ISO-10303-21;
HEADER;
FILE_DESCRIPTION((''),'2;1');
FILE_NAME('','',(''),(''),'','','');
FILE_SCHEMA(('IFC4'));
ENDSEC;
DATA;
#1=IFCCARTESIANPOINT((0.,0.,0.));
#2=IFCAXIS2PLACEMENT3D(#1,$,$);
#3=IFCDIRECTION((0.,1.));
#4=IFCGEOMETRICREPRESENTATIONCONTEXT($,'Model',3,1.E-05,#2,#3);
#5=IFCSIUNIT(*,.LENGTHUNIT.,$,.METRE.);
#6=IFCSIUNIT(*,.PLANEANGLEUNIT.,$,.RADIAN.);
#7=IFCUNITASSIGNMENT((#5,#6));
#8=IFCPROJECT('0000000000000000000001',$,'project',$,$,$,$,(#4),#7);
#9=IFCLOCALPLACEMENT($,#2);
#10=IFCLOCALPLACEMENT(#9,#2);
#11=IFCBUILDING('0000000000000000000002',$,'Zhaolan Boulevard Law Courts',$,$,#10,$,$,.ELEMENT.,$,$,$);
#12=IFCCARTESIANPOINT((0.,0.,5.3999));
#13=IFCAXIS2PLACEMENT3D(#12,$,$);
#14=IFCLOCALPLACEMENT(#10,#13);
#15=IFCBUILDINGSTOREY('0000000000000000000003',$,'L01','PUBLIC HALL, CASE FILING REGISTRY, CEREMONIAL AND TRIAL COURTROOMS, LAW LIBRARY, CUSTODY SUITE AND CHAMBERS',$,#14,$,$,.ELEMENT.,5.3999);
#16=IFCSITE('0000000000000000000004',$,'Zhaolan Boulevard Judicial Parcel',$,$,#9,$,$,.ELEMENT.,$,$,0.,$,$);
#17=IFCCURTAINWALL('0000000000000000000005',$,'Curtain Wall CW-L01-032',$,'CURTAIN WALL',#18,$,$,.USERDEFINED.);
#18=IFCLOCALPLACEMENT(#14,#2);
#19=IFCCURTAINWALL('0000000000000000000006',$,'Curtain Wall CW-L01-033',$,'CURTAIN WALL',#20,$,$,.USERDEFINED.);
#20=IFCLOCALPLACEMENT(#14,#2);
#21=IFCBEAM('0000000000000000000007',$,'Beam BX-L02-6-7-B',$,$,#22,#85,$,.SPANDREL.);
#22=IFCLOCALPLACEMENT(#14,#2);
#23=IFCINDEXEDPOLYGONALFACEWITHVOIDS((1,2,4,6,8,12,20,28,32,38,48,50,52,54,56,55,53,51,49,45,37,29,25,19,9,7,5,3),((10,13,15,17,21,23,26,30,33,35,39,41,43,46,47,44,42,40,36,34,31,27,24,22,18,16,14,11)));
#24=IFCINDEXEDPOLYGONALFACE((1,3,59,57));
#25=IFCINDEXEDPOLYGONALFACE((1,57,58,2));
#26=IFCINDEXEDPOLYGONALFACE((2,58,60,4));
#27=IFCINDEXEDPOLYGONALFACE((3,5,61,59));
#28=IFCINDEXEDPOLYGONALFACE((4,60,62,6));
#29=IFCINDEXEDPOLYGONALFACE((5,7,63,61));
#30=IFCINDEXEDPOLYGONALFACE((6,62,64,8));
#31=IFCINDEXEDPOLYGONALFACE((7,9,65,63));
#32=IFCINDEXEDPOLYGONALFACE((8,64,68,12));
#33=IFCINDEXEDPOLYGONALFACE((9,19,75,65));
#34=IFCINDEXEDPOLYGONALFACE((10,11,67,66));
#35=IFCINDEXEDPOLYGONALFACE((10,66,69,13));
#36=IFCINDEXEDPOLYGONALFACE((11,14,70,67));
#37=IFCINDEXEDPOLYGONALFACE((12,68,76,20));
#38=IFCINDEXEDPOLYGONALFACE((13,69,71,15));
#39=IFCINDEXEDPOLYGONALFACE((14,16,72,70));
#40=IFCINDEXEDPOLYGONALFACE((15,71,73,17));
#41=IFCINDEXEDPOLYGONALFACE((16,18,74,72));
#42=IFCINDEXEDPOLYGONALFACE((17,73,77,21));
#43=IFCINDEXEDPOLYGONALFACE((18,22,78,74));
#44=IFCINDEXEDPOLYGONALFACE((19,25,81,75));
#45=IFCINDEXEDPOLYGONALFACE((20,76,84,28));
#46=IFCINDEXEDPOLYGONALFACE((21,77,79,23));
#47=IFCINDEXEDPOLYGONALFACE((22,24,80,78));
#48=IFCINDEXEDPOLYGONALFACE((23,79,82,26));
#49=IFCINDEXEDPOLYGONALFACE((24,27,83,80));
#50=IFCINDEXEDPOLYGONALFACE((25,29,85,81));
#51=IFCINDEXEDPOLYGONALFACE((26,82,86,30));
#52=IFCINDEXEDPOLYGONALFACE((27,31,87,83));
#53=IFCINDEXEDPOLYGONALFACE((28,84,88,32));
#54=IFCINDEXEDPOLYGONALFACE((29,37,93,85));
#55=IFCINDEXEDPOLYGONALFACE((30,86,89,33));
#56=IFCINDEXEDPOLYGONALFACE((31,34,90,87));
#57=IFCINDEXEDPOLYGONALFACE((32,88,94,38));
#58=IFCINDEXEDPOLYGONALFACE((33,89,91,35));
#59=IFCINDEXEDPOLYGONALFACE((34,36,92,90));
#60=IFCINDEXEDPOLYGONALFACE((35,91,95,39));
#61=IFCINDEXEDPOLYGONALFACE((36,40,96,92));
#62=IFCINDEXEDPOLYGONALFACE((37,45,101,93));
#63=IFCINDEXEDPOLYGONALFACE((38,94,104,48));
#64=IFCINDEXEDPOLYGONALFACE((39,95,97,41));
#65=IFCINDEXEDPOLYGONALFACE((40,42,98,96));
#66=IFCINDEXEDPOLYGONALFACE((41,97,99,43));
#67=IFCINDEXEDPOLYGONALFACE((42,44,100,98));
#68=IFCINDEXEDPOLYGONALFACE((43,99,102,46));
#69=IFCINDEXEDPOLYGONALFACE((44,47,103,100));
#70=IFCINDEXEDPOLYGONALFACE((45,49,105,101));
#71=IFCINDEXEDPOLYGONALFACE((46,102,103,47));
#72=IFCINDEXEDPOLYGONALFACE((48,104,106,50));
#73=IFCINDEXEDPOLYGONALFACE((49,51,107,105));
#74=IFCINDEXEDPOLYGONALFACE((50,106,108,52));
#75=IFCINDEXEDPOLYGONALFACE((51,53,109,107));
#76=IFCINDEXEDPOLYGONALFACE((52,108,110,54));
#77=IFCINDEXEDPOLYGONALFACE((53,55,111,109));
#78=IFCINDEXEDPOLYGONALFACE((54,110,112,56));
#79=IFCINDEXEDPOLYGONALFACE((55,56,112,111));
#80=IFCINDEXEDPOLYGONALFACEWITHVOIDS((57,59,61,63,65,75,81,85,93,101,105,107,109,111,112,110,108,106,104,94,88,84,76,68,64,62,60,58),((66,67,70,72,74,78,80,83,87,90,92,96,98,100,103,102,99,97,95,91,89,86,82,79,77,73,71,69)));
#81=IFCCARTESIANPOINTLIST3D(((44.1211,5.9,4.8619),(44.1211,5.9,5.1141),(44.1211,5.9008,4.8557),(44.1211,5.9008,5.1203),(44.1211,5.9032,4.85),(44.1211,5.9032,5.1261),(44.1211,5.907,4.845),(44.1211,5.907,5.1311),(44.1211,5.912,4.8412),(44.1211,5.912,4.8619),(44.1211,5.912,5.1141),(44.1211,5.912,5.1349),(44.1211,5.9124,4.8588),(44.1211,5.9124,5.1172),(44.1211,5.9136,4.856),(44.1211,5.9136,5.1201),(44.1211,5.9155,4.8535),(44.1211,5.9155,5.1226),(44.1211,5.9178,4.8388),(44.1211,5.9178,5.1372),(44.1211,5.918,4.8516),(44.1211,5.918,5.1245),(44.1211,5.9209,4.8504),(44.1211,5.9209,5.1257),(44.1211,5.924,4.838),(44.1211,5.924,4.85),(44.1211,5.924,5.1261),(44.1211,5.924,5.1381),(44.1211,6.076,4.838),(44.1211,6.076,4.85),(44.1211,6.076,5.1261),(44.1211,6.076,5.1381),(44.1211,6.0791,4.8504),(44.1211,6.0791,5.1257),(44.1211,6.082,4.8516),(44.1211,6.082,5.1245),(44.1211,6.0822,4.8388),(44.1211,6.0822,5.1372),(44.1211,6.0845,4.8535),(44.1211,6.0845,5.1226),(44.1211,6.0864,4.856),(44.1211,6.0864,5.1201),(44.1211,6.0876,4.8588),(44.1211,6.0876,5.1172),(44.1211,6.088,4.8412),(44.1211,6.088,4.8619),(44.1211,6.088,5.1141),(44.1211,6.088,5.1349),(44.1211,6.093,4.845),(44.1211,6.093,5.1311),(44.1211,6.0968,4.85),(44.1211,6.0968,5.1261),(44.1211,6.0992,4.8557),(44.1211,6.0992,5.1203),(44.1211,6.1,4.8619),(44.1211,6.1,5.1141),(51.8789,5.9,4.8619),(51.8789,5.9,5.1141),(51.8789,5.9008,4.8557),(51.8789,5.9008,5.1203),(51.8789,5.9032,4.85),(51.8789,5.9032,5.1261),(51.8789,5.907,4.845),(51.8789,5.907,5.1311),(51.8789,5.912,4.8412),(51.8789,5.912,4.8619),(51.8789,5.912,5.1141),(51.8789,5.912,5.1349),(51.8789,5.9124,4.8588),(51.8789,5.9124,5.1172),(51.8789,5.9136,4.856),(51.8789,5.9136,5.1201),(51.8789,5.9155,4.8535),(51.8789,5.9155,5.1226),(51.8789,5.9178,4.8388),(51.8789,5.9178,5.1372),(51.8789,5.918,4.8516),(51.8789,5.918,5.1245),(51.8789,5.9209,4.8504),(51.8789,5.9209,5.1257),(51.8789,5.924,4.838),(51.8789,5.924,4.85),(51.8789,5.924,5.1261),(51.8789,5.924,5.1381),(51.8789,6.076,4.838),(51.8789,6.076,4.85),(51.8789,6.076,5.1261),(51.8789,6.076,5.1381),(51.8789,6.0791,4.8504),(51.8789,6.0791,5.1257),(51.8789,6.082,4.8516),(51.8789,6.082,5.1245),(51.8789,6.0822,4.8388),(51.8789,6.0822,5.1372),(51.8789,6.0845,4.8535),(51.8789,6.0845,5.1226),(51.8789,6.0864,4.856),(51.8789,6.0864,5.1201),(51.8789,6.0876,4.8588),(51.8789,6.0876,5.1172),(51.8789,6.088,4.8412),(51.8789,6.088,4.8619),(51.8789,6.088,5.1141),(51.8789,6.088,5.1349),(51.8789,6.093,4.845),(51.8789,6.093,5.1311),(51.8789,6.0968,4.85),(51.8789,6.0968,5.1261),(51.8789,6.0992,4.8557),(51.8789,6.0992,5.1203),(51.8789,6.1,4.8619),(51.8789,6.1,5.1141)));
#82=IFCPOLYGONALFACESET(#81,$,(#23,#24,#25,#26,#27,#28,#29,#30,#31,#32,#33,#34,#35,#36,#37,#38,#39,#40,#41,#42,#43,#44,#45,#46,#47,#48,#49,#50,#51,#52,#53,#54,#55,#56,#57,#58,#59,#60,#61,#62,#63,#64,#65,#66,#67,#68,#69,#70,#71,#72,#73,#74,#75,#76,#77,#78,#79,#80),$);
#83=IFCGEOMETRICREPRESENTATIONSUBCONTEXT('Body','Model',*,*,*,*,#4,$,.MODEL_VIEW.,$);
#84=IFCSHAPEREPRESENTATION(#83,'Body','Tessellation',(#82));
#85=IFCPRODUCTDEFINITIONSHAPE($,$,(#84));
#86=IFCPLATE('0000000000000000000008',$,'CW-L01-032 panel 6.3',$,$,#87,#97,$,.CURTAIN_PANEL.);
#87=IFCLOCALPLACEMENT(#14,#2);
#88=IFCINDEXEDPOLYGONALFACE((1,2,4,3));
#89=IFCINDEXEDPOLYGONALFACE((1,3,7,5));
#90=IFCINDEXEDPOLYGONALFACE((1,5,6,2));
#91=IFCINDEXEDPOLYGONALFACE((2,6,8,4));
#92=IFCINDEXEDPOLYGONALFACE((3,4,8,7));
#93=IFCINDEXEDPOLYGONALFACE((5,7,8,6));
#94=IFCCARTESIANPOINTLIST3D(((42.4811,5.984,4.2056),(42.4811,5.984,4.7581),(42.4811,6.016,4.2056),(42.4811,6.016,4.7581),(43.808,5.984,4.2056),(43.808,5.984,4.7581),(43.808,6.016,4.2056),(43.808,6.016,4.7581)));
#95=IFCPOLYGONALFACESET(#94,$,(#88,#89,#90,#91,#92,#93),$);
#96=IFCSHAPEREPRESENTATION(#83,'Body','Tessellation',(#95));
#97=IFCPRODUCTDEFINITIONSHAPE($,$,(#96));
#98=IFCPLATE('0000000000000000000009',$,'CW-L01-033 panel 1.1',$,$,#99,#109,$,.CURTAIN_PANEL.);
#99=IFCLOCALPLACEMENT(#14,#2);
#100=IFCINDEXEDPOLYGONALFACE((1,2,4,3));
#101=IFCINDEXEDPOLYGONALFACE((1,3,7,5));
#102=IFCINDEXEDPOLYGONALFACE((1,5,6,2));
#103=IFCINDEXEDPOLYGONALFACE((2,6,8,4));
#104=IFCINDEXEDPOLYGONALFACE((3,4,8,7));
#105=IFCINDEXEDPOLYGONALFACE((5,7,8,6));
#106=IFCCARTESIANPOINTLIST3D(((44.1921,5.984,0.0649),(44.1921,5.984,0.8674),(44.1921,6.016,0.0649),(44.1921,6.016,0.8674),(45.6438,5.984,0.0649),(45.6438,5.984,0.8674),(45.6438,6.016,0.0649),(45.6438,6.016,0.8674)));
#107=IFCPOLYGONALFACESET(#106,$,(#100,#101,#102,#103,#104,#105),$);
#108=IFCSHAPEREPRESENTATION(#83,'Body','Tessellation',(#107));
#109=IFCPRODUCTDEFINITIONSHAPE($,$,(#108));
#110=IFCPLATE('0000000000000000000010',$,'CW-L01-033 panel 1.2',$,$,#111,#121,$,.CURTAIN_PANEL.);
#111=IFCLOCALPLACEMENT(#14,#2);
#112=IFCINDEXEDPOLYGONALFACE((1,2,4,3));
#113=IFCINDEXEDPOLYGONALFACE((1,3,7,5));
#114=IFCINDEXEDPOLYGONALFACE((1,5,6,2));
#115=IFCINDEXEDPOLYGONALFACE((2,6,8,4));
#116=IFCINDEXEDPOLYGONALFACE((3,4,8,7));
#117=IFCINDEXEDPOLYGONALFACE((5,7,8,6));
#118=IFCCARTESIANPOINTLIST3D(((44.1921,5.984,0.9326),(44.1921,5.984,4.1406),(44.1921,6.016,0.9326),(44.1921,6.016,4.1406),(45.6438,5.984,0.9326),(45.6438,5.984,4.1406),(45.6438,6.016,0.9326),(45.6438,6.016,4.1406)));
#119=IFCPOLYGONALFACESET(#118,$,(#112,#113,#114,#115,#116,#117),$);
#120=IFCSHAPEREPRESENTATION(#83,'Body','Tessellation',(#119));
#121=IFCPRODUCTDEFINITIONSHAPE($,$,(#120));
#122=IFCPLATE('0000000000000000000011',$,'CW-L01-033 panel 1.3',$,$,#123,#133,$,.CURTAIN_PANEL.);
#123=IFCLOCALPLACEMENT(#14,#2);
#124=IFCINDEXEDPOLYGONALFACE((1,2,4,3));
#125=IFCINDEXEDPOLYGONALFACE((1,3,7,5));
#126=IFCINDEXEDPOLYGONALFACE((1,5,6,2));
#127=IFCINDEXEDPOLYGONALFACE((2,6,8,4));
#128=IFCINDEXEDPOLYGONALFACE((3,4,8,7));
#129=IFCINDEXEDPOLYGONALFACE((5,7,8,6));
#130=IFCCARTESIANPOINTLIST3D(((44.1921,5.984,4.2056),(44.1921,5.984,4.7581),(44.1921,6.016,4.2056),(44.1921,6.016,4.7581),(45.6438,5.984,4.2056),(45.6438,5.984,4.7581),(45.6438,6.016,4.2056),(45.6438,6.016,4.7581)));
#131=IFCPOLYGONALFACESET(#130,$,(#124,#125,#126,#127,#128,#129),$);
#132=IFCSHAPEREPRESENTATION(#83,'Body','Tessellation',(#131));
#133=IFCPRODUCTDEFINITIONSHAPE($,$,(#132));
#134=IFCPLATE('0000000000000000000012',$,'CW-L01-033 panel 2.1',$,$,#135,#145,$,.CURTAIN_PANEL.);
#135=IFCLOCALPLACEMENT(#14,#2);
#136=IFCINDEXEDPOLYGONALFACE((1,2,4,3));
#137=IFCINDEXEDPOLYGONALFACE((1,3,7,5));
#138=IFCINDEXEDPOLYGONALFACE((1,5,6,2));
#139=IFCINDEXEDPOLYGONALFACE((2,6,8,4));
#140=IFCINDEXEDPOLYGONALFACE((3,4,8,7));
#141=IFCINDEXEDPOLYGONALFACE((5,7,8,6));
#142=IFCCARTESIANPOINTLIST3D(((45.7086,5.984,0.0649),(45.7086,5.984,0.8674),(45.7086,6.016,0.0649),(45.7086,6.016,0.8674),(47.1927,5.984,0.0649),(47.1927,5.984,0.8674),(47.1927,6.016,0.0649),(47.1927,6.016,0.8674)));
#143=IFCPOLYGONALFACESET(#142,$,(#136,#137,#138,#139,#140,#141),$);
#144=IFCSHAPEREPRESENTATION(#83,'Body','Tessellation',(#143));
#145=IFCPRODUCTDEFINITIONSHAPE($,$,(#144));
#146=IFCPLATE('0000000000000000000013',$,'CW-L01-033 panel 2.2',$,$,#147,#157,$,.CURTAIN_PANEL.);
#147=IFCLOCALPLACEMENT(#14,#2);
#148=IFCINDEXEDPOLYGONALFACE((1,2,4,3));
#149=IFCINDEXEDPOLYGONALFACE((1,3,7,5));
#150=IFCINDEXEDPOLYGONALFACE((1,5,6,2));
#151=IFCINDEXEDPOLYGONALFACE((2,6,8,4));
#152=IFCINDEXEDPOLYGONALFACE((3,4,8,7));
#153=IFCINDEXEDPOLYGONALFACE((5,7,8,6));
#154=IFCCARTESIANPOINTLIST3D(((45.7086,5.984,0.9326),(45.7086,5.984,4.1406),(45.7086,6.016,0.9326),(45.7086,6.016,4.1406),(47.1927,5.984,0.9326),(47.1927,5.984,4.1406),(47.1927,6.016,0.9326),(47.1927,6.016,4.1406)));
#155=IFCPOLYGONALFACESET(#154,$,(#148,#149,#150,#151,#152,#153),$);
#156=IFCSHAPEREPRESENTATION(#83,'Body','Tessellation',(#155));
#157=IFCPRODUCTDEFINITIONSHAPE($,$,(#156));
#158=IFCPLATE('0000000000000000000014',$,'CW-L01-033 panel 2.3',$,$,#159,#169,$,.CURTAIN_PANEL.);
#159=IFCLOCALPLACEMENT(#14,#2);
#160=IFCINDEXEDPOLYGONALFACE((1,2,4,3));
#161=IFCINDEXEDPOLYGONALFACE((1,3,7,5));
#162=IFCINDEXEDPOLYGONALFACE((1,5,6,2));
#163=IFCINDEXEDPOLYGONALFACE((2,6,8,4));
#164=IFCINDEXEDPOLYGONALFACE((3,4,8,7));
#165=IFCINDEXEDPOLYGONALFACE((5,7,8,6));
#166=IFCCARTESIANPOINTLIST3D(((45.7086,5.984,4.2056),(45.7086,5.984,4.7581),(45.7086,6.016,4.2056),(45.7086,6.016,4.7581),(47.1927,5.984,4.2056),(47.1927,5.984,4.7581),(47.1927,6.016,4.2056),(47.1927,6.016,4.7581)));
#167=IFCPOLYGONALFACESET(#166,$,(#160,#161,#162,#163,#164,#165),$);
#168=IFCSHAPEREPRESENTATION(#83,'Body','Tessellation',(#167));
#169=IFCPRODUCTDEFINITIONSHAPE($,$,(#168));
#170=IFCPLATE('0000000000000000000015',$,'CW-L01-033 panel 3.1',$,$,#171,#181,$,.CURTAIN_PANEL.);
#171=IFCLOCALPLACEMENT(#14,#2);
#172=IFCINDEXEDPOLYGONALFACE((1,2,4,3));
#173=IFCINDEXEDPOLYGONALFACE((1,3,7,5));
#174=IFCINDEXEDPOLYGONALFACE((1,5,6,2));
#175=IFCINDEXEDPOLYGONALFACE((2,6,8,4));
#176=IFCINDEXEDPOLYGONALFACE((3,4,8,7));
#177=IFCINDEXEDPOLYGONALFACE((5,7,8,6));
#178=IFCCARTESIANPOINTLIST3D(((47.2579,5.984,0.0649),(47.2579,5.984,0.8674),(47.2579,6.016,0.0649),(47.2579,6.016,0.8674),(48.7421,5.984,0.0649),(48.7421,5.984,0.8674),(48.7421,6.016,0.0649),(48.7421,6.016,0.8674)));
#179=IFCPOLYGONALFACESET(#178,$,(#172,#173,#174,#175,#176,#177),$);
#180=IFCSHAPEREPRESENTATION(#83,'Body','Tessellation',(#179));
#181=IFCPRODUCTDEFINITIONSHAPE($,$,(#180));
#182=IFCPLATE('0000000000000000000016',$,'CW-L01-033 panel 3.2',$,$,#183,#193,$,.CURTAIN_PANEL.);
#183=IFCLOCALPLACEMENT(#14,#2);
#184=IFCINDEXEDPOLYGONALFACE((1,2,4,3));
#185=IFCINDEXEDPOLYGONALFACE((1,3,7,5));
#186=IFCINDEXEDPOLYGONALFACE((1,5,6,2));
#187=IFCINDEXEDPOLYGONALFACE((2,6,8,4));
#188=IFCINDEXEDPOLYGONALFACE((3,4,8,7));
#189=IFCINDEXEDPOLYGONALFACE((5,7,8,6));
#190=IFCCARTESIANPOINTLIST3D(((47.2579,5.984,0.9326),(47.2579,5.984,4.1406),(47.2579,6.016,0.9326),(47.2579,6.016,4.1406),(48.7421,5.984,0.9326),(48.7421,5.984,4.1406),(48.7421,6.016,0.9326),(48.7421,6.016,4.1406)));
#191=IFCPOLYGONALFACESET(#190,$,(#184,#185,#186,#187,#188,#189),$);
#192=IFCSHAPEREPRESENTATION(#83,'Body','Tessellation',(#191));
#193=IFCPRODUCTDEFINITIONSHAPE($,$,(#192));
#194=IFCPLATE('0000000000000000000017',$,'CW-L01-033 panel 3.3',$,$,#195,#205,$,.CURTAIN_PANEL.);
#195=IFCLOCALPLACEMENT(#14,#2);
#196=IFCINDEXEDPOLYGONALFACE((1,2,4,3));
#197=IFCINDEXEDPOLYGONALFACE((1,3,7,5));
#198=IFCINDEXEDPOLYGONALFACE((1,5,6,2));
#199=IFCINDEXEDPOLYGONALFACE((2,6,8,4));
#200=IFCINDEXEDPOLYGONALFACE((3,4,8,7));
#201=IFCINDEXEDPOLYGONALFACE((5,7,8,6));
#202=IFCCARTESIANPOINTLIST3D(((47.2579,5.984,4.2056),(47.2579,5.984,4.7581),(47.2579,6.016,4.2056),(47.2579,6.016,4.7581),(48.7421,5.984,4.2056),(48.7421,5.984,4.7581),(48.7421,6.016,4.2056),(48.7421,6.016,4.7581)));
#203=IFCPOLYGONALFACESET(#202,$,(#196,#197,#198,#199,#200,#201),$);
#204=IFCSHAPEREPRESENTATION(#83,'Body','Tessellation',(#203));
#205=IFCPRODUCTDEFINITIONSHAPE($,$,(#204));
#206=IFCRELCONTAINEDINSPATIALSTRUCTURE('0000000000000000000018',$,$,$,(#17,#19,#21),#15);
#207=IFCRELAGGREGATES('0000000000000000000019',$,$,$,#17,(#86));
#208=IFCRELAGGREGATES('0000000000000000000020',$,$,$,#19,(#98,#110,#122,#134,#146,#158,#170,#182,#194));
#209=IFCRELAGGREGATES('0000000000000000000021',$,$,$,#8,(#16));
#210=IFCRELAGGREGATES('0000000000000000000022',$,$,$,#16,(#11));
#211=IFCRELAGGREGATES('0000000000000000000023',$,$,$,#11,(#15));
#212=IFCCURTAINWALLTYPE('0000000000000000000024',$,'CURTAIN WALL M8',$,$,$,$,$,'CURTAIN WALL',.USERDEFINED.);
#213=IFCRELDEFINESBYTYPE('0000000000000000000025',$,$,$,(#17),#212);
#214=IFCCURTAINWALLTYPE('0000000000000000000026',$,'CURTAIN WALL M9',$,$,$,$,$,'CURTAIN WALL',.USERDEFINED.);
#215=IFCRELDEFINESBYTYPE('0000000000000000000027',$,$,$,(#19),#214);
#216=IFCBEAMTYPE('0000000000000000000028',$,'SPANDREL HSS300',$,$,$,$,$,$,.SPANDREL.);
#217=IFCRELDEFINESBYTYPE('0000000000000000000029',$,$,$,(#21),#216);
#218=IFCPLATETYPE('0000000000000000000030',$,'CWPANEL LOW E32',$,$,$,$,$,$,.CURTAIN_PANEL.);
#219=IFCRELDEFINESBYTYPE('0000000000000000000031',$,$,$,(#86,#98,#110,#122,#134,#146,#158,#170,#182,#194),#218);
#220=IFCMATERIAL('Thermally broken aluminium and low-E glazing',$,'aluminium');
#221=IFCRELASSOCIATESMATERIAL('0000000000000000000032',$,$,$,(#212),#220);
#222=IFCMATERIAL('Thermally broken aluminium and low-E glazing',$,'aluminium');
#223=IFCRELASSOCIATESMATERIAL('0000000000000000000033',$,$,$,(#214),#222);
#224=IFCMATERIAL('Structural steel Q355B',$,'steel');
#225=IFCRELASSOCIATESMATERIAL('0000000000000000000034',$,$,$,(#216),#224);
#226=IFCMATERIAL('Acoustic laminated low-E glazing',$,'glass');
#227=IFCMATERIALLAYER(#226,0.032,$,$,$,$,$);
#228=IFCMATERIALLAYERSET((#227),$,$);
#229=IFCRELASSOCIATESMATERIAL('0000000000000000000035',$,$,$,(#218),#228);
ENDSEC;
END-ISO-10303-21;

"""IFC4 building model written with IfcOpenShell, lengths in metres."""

from ifc_helpers import new_model, si_unit, direction, frame, origin, origin_2d, place, context, subcontext, project, spatial, rectangle, hollow_rectangle, extrude, material, layer, layer_set, material_profile, profile_set, type_object, element, aggregate, save


model = new_model("IFC4")

# Units and contexts
model_context = context("Model", 3, precision=1e-05, world=origin(), true_north=direction((0.0, 1.0)))
body_context = subcontext(model_context, "Body", "Model", "MODEL_VIEW")
ifc_project = project(units=[si_unit("LENGTHUNIT", "METRE"), si_unit("PLANEANGLEUNIT", "RADIAN")], contexts=[model_context])

# Site, building, storey
site_placement = place(None, origin())
site = spatial("IfcSite", under=ifc_project, at=site_placement, Name="Zhaolan Boulevard Judicial Parcel", CompositionType="ELEMENT", RefElevation=0.0)
building_placement = place(site_placement, origin())
building = spatial("IfcBuilding", under=site, at=building_placement, Name="Zhaolan Boulevard Law Courts", CompositionType="ELEMENT")
storey_placement = place(building_placement, frame((0.0, 0.0, 5.3999)))
storey = spatial("IfcBuildingStorey", under=building, at=storey_placement, Name="L01", Description="PUBLIC HALL, CASE FILING REGISTRY, CEREMONIAL AND TRIAL COURTROOMS, LAW LIBRARY, CUSTODY SUITE AND CHAMBERS", CompositionType="ELEMENT", Elevation=5.3999)

# Curtain wall
ifc_material_1 = material(Name="Thermally broken aluminium and low-E glazing", Category="aluminium")
curtain_wall_type_1 = type_object("IfcCurtainWallType", Name="CURTAIN WALL M8", ElementType="CURTAIN WALL", PredefinedType="USERDEFINED", material=ifc_material_1)
curtain_wall_1_placement = place(storey_placement, origin())
curtain_wall_1 = element("IfcCurtainWall", 1, at=curtain_wall_1_placement, inside=storey, type_object=curtain_wall_type_1, Name="Curtain Wall CW-L01-032", ObjectType="CURTAIN WALL", PredefinedType="USERDEFINED")

# Curtain wall
ifc_material_2 = material(Name="Thermally broken aluminium and low-E glazing", Category="aluminium")
curtain_wall_type_2 = type_object("IfcCurtainWallType", Name="CURTAIN WALL M9", ElementType="CURTAIN WALL", PredefinedType="USERDEFINED", material=ifc_material_2)
curtain_wall_2_placement = place(storey_placement, origin())
curtain_wall_2 = element("IfcCurtainWall", 2, at=curtain_wall_2_placement, inside=storey, type_object=curtain_wall_type_2, Name="Curtain Wall CW-L01-033", ObjectType="CURTAIN WALL", PredefinedType="USERDEFINED")

# Beam
ifc_material_3 = material(Name="Structural steel Q355B", Category="steel")
ifc_material_profile_1 = material_profile(ifc_material_3, hollow_rectangle(XDim=0.2, YDim=0.3, WallThickness=0.012, InnerFilletRadius=0.012, OuterFilletRadius=0.0239, at=origin_2d()), Name="HSS300x200x12")
ifc_profile_set_1 = profile_set([ifc_material_profile_1], Name="Structural steel Q355B")
beam_type = type_object("IfcBeamType", Name="SPANDREL HSS300", PredefinedType="SPANDREL", material=ifc_profile_set_1)
beam_placement = place(storey_placement, frame((44.1211, 6.0, 4.988), z_axis=(1.0, 0.0, 0.0), x_axis=(0.0, 1.0, 0.0)))
element("IfcBeam", 3, at=beam_placement, inside=storey, type_object=beam_type, Name="Beam BX-L02-6-7-B", PredefinedType="SPANDREL", context=body_context, shape_type="SweptSolid", body=[
    extrude(hollow_rectangle(XDim=0.2, YDim=0.3, WallThickness=0.012, InnerFilletRadius=0.012, OuterFilletRadius=0.0239, at=origin_2d()), origin(), (0.0, 0.0, 1.0), 7.7578),
])

# Plates
ifc_material_4 = material(Name="Acoustic laminated low-E glazing", Category="glass")
ifc_layer_1 = layer(ifc_material_4, 0.032)
ifc_layer_set_1 = layer_set([ifc_layer_1])
plate_type_1 = type_object("IfcPlateType", Name="CWPANEL LOW E32", PredefinedType="CURTAIN_PANEL", material=ifc_layer_set_1)
plate_1_placement = place(storey_placement, frame((43.1445, 6.0, 4.2056), z_axis=(0.0, 0.0, 1.0), x_axis=(1.0, 0.0, 0.0)))
plate_1 = element("IfcPlate", 4, at=plate_1_placement, type_object=plate_type_1, Name="CW-L01-032 panel 6.3", PredefinedType="CURTAIN_PANEL", context=body_context, shape_type="SweptSolid", body=[
    extrude(rectangle(XDim=1.3269, YDim=0.032, at=origin_2d()), origin(), (0.0, 0.0, 1.0), 0.5525),
])
aggregate(curtain_wall_1, [plate_1])
plate_2_placement = place(storey_placement, frame((44.918, 6.0, 0.0649), z_axis=(0.0, 0.0, 1.0), x_axis=(1.0, 0.0, 0.0)))
plate_2 = element("IfcPlate", 5, at=plate_2_placement, type_object=plate_type_1, Name="CW-L01-033 panel 1.1", PredefinedType="CURTAIN_PANEL", context=body_context, shape_type="SweptSolid", body=[
    extrude(rectangle(XDim=1.4517, YDim=0.032, at=origin_2d()), origin(), (0.0, 0.0, 1.0), 0.8025),
])
plate_3_placement = place(storey_placement, frame((44.918, 6.0, 0.9326), z_axis=(0.0, 0.0, 1.0), x_axis=(1.0, 0.0, 0.0)))
plate_3 = element("IfcPlate", 6, at=plate_3_placement, type_object=plate_type_1, Name="CW-L01-033 panel 1.2", PredefinedType="CURTAIN_PANEL", context=body_context, shape_type="SweptSolid", body=[
    extrude(rectangle(XDim=1.4517, YDim=0.032, at=origin_2d()), origin(), (0.0, 0.0, 1.0), 3.208),
])
plate_4_placement = place(storey_placement, frame((44.918, 6.0, 4.2056), z_axis=(0.0, 0.0, 1.0), x_axis=(1.0, 0.0, 0.0)))
plate_4 = element("IfcPlate", 7, at=plate_4_placement, type_object=plate_type_1, Name="CW-L01-033 panel 1.3", PredefinedType="CURTAIN_PANEL", context=body_context, shape_type="SweptSolid", body=[
    extrude(rectangle(XDim=1.4517, YDim=0.032, at=origin_2d()), origin(), (0.0, 0.0, 1.0), 0.5525),
])
plate_5_placement = place(storey_placement, frame((46.4507, 6.0, 0.0649), z_axis=(0.0, 0.0, 1.0), x_axis=(1.0, 0.0, 0.0)))
plate_5 = element("IfcPlate", 8, at=plate_5_placement, type_object=plate_type_1, Name="CW-L01-033 panel 2.1", PredefinedType="CURTAIN_PANEL", context=body_context, shape_type="SweptSolid", body=[
    extrude(rectangle(XDim=1.4841, YDim=0.032, at=origin_2d()), origin(), (0.0, 0.0, 1.0), 0.8025),
])
plate_6_placement = place(storey_placement, frame((46.4507, 6.0, 0.9326), z_axis=(0.0, 0.0, 1.0), x_axis=(1.0, 0.0, 0.0)))
plate_6 = element("IfcPlate", 9, at=plate_6_placement, type_object=plate_type_1, Name="CW-L01-033 panel 2.2", PredefinedType="CURTAIN_PANEL", context=body_context, shape_type="SweptSolid", body=[
    extrude(rectangle(XDim=1.4841, YDim=0.032, at=origin_2d()), origin(), (0.0, 0.0, 1.0), 3.208),
])
plate_7_placement = place(storey_placement, frame((46.4507, 6.0, 4.2056), z_axis=(0.0, 0.0, 1.0), x_axis=(1.0, 0.0, 0.0)))
plate_7 = element("IfcPlate", 10, at=plate_7_placement, type_object=plate_type_1, Name="CW-L01-033 panel 2.3", PredefinedType="CURTAIN_PANEL", context=body_context, shape_type="SweptSolid", body=[
    extrude(rectangle(XDim=1.4841, YDim=0.032, at=origin_2d()), origin(), (0.0, 0.0, 1.0), 0.5525),
])
plate_8_placement = place(storey_placement, frame((48.0, 6.0, 0.0649), z_axis=(0.0, 0.0, 1.0), x_axis=(1.0, 0.0, 0.0)))
plate_8 = element("IfcPlate", 11, at=plate_8_placement, type_object=plate_type_1, Name="CW-L01-033 panel 3.1", PredefinedType="CURTAIN_PANEL", context=body_context, shape_type="SweptSolid", body=[
    extrude(rectangle(XDim=1.4841, YDim=0.032, at=origin_2d()), origin(), (0.0, 0.0, 1.0), 0.8025),
])
plate_9_placement = place(storey_placement, frame((48.0, 6.0, 0.9326), z_axis=(0.0, 0.0, 1.0), x_axis=(1.0, 0.0, 0.0)))
plate_9 = element("IfcPlate", 12, at=plate_9_placement, type_object=plate_type_1, Name="CW-L01-033 panel 3.2", PredefinedType="CURTAIN_PANEL", context=body_context, shape_type="SweptSolid", body=[
    extrude(rectangle(XDim=1.4841, YDim=0.032, at=origin_2d()), origin(), (0.0, 0.0, 1.0), 3.208),
])
plate_10_placement = place(storey_placement, frame((48.0, 6.0, 4.2056), z_axis=(0.0, 0.0, 1.0), x_axis=(1.0, 0.0, 0.0)))
plate_10 = element("IfcPlate", 13, at=plate_10_placement, type_object=plate_type_1, Name="CW-L01-033 panel 3.3", PredefinedType="CURTAIN_PANEL", context=body_context, shape_type="SweptSolid", body=[
    extrude(rectangle(XDim=1.4841, YDim=0.032, at=origin_2d()), origin(), (0.0, 0.0, 1.0), 0.5525),
])
aggregate(curtain_wall_2, [plate_2, plate_3, plate_4, plate_5, plate_6, plate_7, plate_8, plate_9, plate_10])

save(model, "model.ifc")
